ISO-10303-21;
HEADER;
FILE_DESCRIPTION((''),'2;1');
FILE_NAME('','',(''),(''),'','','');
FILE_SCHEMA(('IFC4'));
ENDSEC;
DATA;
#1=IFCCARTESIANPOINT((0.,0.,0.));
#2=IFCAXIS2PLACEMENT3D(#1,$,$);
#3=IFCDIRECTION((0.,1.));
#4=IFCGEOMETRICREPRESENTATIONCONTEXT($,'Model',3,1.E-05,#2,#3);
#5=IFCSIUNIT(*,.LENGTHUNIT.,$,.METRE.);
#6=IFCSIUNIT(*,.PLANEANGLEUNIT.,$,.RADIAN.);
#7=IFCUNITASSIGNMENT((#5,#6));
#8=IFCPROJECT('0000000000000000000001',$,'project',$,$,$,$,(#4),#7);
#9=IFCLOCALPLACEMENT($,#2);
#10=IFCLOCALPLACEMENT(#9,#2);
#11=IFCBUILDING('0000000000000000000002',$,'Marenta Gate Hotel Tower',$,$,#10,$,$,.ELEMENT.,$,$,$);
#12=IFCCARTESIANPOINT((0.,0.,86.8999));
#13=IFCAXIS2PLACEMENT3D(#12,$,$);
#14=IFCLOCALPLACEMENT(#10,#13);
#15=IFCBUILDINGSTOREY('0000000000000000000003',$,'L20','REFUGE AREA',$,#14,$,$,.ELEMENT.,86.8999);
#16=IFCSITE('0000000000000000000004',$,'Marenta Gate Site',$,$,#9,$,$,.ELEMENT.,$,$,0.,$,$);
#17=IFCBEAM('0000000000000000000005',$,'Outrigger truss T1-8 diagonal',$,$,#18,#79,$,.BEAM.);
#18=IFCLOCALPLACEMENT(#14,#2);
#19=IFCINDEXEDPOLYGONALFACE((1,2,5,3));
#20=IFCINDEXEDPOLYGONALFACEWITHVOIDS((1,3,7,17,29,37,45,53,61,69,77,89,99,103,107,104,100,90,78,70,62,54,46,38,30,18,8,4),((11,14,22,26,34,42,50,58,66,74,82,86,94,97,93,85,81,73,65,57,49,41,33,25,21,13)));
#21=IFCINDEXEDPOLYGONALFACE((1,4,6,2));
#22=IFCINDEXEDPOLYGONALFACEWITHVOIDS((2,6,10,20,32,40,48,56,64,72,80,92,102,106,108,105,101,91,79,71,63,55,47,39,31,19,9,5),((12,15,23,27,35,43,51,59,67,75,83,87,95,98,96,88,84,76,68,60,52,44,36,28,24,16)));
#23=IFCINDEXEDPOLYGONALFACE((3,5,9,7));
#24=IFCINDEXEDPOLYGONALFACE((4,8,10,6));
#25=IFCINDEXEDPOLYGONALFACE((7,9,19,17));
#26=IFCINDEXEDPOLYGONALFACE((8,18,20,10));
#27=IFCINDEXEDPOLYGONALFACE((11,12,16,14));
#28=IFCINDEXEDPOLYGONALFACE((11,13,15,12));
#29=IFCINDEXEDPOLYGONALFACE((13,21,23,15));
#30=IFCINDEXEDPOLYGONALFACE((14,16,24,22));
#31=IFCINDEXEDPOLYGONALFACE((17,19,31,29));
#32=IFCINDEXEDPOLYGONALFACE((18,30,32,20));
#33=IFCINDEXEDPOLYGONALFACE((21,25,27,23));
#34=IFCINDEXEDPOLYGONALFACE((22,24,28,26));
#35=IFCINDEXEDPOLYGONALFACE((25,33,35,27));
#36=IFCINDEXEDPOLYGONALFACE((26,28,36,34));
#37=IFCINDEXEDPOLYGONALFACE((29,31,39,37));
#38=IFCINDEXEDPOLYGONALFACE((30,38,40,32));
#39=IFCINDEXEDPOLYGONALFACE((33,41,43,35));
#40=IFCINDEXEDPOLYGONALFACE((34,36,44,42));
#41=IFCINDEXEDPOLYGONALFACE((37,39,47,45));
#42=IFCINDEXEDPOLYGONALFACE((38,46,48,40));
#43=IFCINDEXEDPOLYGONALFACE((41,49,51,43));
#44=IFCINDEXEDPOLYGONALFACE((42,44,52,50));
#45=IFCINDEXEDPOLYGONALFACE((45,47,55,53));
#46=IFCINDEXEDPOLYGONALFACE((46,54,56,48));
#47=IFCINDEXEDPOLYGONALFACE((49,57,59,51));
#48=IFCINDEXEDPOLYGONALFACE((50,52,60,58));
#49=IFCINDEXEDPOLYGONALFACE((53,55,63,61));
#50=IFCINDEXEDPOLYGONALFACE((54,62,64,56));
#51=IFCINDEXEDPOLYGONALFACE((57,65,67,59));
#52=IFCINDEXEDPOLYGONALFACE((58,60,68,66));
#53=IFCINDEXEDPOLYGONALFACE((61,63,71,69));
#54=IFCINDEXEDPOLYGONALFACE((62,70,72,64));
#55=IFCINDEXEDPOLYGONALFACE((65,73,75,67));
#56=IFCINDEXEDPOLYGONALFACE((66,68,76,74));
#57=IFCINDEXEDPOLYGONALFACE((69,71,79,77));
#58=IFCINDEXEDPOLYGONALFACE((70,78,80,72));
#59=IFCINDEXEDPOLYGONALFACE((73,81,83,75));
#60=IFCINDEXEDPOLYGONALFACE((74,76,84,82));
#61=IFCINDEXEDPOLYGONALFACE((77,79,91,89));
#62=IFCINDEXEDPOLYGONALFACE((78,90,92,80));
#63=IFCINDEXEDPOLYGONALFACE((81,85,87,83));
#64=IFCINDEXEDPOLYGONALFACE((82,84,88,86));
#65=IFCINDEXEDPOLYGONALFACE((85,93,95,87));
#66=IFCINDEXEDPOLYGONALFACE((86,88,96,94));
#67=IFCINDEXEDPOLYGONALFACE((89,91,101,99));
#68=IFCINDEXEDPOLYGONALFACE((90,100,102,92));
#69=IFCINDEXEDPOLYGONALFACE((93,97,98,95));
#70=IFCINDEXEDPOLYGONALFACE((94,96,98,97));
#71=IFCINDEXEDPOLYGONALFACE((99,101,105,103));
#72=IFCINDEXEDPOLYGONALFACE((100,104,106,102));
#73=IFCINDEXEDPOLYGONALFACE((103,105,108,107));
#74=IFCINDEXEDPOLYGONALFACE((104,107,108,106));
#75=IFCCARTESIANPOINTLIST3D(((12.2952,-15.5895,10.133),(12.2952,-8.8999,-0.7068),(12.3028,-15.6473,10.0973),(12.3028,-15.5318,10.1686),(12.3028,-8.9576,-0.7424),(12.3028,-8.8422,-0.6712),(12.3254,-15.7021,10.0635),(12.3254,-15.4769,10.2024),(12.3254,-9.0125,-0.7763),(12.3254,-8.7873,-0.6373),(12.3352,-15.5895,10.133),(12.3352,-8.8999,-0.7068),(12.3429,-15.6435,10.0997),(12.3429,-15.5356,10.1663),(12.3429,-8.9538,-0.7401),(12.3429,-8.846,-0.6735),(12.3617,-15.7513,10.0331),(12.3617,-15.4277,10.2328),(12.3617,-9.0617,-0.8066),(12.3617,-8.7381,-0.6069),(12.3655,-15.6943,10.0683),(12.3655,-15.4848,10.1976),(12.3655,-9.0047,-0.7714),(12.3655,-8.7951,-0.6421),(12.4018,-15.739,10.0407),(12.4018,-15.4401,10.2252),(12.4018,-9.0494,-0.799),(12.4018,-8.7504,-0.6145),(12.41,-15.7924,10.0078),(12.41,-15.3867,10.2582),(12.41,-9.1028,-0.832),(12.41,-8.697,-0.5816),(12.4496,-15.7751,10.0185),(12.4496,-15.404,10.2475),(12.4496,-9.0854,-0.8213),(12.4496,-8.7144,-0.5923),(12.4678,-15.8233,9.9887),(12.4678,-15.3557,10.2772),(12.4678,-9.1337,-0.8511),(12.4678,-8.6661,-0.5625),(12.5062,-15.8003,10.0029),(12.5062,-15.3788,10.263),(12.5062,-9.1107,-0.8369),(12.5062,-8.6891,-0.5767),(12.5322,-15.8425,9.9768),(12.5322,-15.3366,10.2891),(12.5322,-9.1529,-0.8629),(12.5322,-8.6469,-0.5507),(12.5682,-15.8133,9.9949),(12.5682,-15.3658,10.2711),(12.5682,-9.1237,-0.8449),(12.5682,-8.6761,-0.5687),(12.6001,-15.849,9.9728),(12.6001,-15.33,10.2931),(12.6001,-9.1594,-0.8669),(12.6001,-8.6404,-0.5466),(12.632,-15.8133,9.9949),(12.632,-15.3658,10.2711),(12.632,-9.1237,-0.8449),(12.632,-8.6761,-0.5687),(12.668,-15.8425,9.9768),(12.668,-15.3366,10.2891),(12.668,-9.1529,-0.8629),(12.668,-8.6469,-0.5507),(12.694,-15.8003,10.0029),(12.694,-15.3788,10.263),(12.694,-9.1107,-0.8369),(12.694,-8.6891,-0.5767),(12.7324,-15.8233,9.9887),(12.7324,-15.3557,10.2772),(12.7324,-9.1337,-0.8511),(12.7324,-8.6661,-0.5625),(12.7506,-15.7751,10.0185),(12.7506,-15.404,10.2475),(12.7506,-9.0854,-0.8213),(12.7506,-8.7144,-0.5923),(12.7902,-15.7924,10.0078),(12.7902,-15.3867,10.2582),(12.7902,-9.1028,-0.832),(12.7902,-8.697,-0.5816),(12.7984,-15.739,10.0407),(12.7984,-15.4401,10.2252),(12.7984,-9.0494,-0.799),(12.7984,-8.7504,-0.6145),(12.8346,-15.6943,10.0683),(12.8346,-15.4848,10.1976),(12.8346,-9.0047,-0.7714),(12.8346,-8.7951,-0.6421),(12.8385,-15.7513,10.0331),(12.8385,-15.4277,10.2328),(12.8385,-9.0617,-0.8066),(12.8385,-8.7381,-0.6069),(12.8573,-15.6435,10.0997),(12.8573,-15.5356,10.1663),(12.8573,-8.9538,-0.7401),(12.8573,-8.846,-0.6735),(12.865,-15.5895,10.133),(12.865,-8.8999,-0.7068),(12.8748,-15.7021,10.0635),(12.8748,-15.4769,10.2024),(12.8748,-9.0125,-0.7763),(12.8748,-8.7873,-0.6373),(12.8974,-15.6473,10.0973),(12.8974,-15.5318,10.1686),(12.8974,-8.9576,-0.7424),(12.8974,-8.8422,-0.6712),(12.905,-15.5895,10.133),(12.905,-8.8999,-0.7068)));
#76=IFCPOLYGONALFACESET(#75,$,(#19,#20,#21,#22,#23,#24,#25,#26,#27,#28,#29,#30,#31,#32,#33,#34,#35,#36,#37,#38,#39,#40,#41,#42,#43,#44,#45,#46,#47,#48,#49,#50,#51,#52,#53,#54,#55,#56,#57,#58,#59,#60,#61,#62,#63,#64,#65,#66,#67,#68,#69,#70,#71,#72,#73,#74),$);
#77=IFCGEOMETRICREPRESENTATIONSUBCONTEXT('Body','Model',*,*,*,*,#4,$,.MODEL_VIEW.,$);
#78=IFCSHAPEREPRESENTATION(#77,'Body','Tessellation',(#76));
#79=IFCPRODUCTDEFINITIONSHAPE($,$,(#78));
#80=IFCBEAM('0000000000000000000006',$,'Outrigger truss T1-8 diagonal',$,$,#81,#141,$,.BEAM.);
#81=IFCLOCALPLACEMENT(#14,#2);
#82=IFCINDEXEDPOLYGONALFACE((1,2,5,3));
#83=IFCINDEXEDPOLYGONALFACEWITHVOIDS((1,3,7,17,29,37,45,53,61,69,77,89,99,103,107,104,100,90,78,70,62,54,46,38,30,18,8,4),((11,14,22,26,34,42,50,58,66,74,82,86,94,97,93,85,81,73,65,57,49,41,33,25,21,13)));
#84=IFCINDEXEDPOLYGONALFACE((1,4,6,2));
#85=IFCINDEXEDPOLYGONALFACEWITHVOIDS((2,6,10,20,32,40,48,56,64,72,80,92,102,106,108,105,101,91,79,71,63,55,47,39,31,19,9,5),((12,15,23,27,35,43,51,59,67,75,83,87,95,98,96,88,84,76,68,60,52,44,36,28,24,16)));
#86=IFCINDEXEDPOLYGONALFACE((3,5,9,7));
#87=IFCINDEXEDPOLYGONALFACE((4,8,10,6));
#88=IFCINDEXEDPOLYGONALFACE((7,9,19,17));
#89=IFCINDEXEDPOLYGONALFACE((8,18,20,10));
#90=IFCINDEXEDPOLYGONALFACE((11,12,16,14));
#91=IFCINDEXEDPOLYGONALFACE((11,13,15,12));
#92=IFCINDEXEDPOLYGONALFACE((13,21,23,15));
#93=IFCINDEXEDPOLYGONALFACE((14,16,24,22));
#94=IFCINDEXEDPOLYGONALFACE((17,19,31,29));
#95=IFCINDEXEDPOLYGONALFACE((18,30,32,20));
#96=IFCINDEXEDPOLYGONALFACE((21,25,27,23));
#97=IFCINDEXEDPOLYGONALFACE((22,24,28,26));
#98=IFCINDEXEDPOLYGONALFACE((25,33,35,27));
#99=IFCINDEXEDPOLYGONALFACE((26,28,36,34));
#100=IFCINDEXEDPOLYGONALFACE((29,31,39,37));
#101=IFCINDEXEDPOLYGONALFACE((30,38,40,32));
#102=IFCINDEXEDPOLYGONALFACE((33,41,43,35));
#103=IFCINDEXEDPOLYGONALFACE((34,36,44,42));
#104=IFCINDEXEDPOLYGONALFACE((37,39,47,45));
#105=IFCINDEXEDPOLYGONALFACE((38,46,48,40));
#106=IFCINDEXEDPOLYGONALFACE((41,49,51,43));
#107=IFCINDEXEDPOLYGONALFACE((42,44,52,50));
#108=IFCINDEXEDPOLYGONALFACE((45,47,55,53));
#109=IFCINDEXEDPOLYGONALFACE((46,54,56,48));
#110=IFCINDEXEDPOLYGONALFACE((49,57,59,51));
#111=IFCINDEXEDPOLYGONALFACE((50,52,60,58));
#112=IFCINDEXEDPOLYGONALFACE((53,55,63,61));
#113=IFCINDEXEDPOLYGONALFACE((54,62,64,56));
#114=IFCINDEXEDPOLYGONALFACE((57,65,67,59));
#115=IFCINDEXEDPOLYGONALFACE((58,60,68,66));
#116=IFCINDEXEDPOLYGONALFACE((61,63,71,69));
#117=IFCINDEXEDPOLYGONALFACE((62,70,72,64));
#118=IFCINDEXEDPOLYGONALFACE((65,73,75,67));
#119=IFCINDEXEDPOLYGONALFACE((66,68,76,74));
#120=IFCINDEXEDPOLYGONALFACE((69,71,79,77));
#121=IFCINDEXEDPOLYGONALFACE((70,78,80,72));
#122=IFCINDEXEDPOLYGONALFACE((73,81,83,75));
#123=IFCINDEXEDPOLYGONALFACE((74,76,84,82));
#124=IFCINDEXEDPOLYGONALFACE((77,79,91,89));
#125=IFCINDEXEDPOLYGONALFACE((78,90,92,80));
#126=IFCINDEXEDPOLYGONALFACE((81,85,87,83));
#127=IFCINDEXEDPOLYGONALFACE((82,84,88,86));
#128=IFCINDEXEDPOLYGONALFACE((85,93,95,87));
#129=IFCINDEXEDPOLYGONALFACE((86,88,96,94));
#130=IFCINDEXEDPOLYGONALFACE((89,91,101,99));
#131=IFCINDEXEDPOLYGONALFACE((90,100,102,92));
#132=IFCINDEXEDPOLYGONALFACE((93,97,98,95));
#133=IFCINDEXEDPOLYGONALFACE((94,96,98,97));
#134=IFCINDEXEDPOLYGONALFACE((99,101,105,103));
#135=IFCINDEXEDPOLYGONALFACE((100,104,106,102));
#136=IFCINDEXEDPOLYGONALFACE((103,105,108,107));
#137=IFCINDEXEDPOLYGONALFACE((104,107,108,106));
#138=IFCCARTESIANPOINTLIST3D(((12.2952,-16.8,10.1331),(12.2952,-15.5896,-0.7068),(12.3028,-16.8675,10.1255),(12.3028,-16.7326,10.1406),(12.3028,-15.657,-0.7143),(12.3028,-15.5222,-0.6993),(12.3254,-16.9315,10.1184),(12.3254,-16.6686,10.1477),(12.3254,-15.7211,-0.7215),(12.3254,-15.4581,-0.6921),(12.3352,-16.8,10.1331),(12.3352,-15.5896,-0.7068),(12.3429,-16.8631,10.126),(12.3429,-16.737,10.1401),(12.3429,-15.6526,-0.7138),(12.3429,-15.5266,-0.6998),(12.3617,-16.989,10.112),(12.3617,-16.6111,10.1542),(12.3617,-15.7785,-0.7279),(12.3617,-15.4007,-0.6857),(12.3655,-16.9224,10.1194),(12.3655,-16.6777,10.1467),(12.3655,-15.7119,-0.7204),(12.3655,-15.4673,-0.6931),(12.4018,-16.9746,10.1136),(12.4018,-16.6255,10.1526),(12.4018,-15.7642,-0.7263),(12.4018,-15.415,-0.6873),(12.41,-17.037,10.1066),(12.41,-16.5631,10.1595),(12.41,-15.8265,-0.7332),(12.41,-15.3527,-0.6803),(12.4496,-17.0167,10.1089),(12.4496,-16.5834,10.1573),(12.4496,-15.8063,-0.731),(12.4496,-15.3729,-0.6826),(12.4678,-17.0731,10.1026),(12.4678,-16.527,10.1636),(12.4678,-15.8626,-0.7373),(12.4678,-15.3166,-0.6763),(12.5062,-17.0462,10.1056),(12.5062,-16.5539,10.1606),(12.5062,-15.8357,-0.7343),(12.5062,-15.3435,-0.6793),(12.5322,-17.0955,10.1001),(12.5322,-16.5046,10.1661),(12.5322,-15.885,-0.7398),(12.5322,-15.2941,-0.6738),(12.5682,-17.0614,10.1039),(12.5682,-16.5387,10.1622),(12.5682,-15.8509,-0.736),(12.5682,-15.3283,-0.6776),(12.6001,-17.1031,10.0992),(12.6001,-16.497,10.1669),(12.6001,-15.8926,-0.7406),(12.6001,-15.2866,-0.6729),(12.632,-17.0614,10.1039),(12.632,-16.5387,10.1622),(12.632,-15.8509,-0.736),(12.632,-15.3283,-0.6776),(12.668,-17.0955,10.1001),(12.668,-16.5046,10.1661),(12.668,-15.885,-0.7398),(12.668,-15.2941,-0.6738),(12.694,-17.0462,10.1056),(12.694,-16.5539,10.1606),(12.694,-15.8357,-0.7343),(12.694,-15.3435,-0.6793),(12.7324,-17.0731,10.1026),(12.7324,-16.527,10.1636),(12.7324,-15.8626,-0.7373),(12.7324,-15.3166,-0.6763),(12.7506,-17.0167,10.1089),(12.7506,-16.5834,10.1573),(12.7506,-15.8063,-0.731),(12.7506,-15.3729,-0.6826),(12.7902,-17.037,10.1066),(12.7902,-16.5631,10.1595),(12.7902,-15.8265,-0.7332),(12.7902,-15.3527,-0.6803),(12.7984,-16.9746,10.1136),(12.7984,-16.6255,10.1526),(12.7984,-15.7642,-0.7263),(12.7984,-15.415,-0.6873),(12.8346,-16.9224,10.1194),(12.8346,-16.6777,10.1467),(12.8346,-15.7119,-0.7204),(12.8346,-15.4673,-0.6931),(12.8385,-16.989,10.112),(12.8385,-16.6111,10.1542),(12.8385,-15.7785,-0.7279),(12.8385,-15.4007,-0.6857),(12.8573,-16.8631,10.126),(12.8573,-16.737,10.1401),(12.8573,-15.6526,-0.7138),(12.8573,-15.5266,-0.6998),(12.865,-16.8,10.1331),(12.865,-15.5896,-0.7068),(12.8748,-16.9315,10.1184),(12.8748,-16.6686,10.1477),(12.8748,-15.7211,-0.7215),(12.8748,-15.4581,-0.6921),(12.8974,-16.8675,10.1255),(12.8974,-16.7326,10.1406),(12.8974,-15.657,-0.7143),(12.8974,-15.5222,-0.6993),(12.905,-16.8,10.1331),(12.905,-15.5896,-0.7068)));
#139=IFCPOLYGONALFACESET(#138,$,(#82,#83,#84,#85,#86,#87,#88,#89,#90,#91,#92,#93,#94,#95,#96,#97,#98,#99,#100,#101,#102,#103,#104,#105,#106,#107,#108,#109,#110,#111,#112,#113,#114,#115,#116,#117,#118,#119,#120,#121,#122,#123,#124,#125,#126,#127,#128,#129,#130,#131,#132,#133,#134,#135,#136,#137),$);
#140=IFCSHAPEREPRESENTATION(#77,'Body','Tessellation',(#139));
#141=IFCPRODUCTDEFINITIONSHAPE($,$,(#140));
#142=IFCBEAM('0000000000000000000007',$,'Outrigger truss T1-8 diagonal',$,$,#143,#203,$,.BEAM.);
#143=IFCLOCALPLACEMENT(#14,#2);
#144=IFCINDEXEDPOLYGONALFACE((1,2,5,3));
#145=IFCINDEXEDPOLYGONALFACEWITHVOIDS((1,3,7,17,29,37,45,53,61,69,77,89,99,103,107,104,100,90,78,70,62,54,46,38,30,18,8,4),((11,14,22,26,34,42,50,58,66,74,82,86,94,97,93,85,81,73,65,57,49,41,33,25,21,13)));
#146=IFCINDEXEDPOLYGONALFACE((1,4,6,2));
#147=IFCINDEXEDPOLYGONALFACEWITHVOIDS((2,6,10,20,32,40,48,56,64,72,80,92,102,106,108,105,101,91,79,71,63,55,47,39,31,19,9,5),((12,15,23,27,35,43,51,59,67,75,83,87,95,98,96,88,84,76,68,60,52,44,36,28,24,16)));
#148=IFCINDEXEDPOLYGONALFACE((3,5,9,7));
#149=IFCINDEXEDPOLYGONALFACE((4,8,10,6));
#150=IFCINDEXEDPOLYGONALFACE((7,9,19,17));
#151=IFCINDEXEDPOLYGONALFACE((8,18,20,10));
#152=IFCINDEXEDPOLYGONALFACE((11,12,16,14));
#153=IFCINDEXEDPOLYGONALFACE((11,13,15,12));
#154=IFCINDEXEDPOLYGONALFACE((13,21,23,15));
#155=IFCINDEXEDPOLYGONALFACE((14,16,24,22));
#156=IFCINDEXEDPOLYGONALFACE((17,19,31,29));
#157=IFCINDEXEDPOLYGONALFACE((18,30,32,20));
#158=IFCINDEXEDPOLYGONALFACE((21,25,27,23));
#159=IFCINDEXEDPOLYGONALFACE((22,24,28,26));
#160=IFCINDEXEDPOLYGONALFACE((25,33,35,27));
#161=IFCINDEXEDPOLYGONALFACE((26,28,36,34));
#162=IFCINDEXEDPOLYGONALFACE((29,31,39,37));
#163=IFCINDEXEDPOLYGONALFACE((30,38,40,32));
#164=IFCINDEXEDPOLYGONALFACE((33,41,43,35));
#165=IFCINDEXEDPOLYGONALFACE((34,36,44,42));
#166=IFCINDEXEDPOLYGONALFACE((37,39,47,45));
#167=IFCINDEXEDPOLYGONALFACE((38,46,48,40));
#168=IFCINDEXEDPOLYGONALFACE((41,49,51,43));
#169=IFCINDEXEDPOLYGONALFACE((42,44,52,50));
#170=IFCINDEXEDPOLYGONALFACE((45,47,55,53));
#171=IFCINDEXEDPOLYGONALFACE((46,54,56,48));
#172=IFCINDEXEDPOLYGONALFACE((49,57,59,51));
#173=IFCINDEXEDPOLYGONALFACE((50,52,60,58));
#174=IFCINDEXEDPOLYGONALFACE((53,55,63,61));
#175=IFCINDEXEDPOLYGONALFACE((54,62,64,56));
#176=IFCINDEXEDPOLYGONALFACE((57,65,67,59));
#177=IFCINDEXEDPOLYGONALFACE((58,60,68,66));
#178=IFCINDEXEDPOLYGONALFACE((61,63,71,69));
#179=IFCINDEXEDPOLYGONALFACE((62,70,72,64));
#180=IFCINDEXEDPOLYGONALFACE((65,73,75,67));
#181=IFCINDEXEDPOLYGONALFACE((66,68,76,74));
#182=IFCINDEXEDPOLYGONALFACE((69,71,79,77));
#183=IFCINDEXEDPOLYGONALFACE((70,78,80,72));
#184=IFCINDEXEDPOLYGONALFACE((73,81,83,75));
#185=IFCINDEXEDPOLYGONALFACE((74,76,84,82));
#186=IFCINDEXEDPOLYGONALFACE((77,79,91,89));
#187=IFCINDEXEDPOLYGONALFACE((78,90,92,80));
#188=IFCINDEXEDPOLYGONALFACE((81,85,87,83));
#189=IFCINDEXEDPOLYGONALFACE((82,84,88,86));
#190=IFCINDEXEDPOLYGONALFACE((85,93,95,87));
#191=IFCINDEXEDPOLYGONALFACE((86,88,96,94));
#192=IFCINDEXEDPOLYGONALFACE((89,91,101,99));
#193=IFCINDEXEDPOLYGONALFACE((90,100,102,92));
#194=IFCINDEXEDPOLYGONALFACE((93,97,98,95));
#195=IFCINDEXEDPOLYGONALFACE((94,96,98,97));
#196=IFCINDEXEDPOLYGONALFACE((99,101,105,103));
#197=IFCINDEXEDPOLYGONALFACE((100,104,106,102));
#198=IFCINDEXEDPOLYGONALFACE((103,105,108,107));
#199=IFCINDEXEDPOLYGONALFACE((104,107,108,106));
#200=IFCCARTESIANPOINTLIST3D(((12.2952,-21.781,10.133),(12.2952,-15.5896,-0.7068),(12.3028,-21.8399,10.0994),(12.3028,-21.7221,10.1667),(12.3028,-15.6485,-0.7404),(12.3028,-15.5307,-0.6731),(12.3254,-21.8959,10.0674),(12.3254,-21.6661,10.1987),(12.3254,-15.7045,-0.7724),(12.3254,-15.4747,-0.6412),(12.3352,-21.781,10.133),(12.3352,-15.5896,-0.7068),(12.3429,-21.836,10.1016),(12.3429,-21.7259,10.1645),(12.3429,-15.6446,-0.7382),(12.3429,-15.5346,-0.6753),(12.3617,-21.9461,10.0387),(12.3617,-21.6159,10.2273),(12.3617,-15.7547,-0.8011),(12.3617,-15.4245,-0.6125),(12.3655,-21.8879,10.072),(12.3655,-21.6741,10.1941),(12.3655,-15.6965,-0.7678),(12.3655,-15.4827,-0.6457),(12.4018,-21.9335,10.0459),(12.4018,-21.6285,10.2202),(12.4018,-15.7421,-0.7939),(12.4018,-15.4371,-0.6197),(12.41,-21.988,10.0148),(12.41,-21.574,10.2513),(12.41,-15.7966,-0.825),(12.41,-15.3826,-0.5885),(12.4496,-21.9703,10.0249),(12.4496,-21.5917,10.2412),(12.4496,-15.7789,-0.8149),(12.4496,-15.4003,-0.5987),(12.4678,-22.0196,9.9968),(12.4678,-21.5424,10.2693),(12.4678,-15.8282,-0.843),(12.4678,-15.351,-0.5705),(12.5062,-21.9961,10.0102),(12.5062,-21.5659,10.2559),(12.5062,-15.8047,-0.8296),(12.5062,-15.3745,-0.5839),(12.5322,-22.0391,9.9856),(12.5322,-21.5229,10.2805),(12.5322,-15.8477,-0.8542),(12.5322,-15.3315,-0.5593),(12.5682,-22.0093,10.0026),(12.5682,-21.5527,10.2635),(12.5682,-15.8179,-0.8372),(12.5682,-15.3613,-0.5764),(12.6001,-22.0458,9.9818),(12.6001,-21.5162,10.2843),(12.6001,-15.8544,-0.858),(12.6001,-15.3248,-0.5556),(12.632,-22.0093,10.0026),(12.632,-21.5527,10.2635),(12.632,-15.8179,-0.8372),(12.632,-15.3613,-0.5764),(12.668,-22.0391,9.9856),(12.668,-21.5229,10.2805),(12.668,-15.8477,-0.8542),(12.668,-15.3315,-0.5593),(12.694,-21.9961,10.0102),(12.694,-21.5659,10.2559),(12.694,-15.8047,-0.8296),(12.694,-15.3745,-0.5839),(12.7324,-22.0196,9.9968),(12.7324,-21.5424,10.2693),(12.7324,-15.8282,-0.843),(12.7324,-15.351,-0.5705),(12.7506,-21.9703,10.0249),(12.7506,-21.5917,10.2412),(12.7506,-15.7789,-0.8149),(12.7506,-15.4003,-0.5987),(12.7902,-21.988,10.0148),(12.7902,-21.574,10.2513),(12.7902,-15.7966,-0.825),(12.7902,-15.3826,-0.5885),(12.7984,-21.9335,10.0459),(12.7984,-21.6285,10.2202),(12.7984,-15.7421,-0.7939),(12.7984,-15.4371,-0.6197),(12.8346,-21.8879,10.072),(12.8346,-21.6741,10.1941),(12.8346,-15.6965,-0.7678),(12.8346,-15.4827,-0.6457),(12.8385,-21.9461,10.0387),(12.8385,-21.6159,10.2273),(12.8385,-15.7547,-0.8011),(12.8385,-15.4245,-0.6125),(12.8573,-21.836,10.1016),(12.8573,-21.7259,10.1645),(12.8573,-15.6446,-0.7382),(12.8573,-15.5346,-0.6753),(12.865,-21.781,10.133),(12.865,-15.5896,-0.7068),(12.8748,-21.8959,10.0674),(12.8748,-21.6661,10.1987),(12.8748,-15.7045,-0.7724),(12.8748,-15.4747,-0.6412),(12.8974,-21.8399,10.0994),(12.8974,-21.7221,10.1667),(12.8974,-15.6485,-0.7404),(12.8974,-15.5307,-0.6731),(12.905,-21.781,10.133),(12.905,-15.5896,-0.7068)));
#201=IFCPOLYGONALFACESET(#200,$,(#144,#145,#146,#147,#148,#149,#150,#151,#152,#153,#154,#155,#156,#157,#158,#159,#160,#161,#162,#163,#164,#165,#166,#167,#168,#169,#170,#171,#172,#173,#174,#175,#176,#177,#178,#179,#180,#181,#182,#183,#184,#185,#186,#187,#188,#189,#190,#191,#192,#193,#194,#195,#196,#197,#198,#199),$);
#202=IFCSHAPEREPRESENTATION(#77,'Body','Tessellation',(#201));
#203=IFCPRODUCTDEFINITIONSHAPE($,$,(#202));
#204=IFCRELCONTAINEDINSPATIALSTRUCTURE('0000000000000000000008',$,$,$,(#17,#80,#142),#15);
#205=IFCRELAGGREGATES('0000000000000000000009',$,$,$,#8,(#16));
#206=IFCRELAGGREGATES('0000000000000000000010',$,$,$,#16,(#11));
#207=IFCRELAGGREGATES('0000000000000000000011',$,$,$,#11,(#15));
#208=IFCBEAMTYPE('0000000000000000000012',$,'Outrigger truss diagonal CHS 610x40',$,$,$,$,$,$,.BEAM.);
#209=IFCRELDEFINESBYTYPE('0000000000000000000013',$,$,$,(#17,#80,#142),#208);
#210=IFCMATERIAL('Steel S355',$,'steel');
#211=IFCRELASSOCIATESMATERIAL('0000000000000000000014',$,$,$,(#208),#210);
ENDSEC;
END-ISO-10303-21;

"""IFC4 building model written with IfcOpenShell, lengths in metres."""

from ifc_helpers import new_model, si_unit, direction, frame, origin, origin_2d, place, context, subcontext, project, spatial, hollow_circle, extrude, material, material_profile, profile_set, type_object, element, save


model = new_model("IFC4")

# Units and contexts
model_context = context("Model", 3, precision=1e-05, world=origin(), true_north=direction((0.0, 1.0)))
body_context = subcontext(model_context, "Body", "Model", "MODEL_VIEW")
ifc_project = project(units=[si_unit("LENGTHUNIT", "METRE"), si_unit("PLANEANGLEUNIT", "RADIAN")], contexts=[model_context])

# Site, building, storey
site_placement = place(None, origin())
site = spatial("IfcSite", under=ifc_project, at=site_placement, Name="Marenta Gate Site", CompositionType="ELEMENT", RefElevation=0.0)
building_placement = place(site_placement, origin())
building = spatial("IfcBuilding", under=site, at=building_placement, Name="Marenta Gate Hotel Tower", CompositionType="ELEMENT")
storey_placement = place(building_placement, frame((0.0, 0.0, 86.8999)))
storey = spatial("IfcBuildingStorey", under=building, at=storey_placement, Name="L20", Description="REFUGE AREA", CompositionType="ELEMENT", Elevation=86.8999)

# Beams
ifc_material_1 = material(Name="Steel S355", Category="steel")
ifc_material_profile_1 = material_profile(ifc_material_1, hollow_circle(Radius=0.3049, WallThickness=0.04, at=origin_2d()), Name="CHS 610x40")
ifc_profile_set_1 = profile_set([ifc_material_profile_1], Name="Steel S355")
beam_type_1 = type_object("IfcBeamType", Name="Outrigger truss diagonal CHS 610x40", PredefinedType="BEAM", material=ifc_profile_set_1)
beam_1_placement = place(storey_placement, frame((12.6001, -8.8999, -0.7068), z_axis=(0.0, -0.52518, 0.850991), x_axis=(1.0, 0.0, 0.0)))
element("IfcBeam", 1, at=beam_1_placement, inside=storey, type_object=beam_type_1, Name="Outrigger truss T1-8 diagonal", PredefinedType="BEAM", context=body_context, shape_type="SweptSolid", body=[
    extrude(hollow_circle(Radius=0.3049, WallThickness=0.04, at=origin_2d()), origin(), (0.0, 0.0, 1.0), 12.7378),
])
beam_2_placement = place(storey_placement, frame((12.6001, -15.5896, -0.7068), z_axis=(0.0, -0.110977, 0.993823), x_axis=(1.0, 0.0, 0.0)))
element("IfcBeam", 2, at=beam_2_placement, inside=storey, type_object=beam_type_1, Name="Outrigger truss T1-8 diagonal", PredefinedType="BEAM", context=body_context, shape_type="SweptSolid", body=[
    extrude(hollow_circle(Radius=0.3049, WallThickness=0.04, at=origin_2d()), origin(), (0.0, 0.0, 1.0), 10.9072),
])
beam_3_placement = place(storey_placement, frame((12.6001, -15.5896, -0.7068), z_axis=(0.0, -0.49597, 0.868339), x_axis=(1.0, 0.0, 0.0)))
element("IfcBeam", 3, at=beam_3_placement, inside=storey, type_object=beam_type_1, Name="Outrigger truss T1-8 diagonal", PredefinedType="BEAM", context=body_context, shape_type="SweptSolid", body=[
    extrude(hollow_circle(Radius=0.3049, WallThickness=0.04, at=origin_2d()), origin(), (0.0, 0.0, 1.0), 12.4834),
])

save(model, "model.ifc")
